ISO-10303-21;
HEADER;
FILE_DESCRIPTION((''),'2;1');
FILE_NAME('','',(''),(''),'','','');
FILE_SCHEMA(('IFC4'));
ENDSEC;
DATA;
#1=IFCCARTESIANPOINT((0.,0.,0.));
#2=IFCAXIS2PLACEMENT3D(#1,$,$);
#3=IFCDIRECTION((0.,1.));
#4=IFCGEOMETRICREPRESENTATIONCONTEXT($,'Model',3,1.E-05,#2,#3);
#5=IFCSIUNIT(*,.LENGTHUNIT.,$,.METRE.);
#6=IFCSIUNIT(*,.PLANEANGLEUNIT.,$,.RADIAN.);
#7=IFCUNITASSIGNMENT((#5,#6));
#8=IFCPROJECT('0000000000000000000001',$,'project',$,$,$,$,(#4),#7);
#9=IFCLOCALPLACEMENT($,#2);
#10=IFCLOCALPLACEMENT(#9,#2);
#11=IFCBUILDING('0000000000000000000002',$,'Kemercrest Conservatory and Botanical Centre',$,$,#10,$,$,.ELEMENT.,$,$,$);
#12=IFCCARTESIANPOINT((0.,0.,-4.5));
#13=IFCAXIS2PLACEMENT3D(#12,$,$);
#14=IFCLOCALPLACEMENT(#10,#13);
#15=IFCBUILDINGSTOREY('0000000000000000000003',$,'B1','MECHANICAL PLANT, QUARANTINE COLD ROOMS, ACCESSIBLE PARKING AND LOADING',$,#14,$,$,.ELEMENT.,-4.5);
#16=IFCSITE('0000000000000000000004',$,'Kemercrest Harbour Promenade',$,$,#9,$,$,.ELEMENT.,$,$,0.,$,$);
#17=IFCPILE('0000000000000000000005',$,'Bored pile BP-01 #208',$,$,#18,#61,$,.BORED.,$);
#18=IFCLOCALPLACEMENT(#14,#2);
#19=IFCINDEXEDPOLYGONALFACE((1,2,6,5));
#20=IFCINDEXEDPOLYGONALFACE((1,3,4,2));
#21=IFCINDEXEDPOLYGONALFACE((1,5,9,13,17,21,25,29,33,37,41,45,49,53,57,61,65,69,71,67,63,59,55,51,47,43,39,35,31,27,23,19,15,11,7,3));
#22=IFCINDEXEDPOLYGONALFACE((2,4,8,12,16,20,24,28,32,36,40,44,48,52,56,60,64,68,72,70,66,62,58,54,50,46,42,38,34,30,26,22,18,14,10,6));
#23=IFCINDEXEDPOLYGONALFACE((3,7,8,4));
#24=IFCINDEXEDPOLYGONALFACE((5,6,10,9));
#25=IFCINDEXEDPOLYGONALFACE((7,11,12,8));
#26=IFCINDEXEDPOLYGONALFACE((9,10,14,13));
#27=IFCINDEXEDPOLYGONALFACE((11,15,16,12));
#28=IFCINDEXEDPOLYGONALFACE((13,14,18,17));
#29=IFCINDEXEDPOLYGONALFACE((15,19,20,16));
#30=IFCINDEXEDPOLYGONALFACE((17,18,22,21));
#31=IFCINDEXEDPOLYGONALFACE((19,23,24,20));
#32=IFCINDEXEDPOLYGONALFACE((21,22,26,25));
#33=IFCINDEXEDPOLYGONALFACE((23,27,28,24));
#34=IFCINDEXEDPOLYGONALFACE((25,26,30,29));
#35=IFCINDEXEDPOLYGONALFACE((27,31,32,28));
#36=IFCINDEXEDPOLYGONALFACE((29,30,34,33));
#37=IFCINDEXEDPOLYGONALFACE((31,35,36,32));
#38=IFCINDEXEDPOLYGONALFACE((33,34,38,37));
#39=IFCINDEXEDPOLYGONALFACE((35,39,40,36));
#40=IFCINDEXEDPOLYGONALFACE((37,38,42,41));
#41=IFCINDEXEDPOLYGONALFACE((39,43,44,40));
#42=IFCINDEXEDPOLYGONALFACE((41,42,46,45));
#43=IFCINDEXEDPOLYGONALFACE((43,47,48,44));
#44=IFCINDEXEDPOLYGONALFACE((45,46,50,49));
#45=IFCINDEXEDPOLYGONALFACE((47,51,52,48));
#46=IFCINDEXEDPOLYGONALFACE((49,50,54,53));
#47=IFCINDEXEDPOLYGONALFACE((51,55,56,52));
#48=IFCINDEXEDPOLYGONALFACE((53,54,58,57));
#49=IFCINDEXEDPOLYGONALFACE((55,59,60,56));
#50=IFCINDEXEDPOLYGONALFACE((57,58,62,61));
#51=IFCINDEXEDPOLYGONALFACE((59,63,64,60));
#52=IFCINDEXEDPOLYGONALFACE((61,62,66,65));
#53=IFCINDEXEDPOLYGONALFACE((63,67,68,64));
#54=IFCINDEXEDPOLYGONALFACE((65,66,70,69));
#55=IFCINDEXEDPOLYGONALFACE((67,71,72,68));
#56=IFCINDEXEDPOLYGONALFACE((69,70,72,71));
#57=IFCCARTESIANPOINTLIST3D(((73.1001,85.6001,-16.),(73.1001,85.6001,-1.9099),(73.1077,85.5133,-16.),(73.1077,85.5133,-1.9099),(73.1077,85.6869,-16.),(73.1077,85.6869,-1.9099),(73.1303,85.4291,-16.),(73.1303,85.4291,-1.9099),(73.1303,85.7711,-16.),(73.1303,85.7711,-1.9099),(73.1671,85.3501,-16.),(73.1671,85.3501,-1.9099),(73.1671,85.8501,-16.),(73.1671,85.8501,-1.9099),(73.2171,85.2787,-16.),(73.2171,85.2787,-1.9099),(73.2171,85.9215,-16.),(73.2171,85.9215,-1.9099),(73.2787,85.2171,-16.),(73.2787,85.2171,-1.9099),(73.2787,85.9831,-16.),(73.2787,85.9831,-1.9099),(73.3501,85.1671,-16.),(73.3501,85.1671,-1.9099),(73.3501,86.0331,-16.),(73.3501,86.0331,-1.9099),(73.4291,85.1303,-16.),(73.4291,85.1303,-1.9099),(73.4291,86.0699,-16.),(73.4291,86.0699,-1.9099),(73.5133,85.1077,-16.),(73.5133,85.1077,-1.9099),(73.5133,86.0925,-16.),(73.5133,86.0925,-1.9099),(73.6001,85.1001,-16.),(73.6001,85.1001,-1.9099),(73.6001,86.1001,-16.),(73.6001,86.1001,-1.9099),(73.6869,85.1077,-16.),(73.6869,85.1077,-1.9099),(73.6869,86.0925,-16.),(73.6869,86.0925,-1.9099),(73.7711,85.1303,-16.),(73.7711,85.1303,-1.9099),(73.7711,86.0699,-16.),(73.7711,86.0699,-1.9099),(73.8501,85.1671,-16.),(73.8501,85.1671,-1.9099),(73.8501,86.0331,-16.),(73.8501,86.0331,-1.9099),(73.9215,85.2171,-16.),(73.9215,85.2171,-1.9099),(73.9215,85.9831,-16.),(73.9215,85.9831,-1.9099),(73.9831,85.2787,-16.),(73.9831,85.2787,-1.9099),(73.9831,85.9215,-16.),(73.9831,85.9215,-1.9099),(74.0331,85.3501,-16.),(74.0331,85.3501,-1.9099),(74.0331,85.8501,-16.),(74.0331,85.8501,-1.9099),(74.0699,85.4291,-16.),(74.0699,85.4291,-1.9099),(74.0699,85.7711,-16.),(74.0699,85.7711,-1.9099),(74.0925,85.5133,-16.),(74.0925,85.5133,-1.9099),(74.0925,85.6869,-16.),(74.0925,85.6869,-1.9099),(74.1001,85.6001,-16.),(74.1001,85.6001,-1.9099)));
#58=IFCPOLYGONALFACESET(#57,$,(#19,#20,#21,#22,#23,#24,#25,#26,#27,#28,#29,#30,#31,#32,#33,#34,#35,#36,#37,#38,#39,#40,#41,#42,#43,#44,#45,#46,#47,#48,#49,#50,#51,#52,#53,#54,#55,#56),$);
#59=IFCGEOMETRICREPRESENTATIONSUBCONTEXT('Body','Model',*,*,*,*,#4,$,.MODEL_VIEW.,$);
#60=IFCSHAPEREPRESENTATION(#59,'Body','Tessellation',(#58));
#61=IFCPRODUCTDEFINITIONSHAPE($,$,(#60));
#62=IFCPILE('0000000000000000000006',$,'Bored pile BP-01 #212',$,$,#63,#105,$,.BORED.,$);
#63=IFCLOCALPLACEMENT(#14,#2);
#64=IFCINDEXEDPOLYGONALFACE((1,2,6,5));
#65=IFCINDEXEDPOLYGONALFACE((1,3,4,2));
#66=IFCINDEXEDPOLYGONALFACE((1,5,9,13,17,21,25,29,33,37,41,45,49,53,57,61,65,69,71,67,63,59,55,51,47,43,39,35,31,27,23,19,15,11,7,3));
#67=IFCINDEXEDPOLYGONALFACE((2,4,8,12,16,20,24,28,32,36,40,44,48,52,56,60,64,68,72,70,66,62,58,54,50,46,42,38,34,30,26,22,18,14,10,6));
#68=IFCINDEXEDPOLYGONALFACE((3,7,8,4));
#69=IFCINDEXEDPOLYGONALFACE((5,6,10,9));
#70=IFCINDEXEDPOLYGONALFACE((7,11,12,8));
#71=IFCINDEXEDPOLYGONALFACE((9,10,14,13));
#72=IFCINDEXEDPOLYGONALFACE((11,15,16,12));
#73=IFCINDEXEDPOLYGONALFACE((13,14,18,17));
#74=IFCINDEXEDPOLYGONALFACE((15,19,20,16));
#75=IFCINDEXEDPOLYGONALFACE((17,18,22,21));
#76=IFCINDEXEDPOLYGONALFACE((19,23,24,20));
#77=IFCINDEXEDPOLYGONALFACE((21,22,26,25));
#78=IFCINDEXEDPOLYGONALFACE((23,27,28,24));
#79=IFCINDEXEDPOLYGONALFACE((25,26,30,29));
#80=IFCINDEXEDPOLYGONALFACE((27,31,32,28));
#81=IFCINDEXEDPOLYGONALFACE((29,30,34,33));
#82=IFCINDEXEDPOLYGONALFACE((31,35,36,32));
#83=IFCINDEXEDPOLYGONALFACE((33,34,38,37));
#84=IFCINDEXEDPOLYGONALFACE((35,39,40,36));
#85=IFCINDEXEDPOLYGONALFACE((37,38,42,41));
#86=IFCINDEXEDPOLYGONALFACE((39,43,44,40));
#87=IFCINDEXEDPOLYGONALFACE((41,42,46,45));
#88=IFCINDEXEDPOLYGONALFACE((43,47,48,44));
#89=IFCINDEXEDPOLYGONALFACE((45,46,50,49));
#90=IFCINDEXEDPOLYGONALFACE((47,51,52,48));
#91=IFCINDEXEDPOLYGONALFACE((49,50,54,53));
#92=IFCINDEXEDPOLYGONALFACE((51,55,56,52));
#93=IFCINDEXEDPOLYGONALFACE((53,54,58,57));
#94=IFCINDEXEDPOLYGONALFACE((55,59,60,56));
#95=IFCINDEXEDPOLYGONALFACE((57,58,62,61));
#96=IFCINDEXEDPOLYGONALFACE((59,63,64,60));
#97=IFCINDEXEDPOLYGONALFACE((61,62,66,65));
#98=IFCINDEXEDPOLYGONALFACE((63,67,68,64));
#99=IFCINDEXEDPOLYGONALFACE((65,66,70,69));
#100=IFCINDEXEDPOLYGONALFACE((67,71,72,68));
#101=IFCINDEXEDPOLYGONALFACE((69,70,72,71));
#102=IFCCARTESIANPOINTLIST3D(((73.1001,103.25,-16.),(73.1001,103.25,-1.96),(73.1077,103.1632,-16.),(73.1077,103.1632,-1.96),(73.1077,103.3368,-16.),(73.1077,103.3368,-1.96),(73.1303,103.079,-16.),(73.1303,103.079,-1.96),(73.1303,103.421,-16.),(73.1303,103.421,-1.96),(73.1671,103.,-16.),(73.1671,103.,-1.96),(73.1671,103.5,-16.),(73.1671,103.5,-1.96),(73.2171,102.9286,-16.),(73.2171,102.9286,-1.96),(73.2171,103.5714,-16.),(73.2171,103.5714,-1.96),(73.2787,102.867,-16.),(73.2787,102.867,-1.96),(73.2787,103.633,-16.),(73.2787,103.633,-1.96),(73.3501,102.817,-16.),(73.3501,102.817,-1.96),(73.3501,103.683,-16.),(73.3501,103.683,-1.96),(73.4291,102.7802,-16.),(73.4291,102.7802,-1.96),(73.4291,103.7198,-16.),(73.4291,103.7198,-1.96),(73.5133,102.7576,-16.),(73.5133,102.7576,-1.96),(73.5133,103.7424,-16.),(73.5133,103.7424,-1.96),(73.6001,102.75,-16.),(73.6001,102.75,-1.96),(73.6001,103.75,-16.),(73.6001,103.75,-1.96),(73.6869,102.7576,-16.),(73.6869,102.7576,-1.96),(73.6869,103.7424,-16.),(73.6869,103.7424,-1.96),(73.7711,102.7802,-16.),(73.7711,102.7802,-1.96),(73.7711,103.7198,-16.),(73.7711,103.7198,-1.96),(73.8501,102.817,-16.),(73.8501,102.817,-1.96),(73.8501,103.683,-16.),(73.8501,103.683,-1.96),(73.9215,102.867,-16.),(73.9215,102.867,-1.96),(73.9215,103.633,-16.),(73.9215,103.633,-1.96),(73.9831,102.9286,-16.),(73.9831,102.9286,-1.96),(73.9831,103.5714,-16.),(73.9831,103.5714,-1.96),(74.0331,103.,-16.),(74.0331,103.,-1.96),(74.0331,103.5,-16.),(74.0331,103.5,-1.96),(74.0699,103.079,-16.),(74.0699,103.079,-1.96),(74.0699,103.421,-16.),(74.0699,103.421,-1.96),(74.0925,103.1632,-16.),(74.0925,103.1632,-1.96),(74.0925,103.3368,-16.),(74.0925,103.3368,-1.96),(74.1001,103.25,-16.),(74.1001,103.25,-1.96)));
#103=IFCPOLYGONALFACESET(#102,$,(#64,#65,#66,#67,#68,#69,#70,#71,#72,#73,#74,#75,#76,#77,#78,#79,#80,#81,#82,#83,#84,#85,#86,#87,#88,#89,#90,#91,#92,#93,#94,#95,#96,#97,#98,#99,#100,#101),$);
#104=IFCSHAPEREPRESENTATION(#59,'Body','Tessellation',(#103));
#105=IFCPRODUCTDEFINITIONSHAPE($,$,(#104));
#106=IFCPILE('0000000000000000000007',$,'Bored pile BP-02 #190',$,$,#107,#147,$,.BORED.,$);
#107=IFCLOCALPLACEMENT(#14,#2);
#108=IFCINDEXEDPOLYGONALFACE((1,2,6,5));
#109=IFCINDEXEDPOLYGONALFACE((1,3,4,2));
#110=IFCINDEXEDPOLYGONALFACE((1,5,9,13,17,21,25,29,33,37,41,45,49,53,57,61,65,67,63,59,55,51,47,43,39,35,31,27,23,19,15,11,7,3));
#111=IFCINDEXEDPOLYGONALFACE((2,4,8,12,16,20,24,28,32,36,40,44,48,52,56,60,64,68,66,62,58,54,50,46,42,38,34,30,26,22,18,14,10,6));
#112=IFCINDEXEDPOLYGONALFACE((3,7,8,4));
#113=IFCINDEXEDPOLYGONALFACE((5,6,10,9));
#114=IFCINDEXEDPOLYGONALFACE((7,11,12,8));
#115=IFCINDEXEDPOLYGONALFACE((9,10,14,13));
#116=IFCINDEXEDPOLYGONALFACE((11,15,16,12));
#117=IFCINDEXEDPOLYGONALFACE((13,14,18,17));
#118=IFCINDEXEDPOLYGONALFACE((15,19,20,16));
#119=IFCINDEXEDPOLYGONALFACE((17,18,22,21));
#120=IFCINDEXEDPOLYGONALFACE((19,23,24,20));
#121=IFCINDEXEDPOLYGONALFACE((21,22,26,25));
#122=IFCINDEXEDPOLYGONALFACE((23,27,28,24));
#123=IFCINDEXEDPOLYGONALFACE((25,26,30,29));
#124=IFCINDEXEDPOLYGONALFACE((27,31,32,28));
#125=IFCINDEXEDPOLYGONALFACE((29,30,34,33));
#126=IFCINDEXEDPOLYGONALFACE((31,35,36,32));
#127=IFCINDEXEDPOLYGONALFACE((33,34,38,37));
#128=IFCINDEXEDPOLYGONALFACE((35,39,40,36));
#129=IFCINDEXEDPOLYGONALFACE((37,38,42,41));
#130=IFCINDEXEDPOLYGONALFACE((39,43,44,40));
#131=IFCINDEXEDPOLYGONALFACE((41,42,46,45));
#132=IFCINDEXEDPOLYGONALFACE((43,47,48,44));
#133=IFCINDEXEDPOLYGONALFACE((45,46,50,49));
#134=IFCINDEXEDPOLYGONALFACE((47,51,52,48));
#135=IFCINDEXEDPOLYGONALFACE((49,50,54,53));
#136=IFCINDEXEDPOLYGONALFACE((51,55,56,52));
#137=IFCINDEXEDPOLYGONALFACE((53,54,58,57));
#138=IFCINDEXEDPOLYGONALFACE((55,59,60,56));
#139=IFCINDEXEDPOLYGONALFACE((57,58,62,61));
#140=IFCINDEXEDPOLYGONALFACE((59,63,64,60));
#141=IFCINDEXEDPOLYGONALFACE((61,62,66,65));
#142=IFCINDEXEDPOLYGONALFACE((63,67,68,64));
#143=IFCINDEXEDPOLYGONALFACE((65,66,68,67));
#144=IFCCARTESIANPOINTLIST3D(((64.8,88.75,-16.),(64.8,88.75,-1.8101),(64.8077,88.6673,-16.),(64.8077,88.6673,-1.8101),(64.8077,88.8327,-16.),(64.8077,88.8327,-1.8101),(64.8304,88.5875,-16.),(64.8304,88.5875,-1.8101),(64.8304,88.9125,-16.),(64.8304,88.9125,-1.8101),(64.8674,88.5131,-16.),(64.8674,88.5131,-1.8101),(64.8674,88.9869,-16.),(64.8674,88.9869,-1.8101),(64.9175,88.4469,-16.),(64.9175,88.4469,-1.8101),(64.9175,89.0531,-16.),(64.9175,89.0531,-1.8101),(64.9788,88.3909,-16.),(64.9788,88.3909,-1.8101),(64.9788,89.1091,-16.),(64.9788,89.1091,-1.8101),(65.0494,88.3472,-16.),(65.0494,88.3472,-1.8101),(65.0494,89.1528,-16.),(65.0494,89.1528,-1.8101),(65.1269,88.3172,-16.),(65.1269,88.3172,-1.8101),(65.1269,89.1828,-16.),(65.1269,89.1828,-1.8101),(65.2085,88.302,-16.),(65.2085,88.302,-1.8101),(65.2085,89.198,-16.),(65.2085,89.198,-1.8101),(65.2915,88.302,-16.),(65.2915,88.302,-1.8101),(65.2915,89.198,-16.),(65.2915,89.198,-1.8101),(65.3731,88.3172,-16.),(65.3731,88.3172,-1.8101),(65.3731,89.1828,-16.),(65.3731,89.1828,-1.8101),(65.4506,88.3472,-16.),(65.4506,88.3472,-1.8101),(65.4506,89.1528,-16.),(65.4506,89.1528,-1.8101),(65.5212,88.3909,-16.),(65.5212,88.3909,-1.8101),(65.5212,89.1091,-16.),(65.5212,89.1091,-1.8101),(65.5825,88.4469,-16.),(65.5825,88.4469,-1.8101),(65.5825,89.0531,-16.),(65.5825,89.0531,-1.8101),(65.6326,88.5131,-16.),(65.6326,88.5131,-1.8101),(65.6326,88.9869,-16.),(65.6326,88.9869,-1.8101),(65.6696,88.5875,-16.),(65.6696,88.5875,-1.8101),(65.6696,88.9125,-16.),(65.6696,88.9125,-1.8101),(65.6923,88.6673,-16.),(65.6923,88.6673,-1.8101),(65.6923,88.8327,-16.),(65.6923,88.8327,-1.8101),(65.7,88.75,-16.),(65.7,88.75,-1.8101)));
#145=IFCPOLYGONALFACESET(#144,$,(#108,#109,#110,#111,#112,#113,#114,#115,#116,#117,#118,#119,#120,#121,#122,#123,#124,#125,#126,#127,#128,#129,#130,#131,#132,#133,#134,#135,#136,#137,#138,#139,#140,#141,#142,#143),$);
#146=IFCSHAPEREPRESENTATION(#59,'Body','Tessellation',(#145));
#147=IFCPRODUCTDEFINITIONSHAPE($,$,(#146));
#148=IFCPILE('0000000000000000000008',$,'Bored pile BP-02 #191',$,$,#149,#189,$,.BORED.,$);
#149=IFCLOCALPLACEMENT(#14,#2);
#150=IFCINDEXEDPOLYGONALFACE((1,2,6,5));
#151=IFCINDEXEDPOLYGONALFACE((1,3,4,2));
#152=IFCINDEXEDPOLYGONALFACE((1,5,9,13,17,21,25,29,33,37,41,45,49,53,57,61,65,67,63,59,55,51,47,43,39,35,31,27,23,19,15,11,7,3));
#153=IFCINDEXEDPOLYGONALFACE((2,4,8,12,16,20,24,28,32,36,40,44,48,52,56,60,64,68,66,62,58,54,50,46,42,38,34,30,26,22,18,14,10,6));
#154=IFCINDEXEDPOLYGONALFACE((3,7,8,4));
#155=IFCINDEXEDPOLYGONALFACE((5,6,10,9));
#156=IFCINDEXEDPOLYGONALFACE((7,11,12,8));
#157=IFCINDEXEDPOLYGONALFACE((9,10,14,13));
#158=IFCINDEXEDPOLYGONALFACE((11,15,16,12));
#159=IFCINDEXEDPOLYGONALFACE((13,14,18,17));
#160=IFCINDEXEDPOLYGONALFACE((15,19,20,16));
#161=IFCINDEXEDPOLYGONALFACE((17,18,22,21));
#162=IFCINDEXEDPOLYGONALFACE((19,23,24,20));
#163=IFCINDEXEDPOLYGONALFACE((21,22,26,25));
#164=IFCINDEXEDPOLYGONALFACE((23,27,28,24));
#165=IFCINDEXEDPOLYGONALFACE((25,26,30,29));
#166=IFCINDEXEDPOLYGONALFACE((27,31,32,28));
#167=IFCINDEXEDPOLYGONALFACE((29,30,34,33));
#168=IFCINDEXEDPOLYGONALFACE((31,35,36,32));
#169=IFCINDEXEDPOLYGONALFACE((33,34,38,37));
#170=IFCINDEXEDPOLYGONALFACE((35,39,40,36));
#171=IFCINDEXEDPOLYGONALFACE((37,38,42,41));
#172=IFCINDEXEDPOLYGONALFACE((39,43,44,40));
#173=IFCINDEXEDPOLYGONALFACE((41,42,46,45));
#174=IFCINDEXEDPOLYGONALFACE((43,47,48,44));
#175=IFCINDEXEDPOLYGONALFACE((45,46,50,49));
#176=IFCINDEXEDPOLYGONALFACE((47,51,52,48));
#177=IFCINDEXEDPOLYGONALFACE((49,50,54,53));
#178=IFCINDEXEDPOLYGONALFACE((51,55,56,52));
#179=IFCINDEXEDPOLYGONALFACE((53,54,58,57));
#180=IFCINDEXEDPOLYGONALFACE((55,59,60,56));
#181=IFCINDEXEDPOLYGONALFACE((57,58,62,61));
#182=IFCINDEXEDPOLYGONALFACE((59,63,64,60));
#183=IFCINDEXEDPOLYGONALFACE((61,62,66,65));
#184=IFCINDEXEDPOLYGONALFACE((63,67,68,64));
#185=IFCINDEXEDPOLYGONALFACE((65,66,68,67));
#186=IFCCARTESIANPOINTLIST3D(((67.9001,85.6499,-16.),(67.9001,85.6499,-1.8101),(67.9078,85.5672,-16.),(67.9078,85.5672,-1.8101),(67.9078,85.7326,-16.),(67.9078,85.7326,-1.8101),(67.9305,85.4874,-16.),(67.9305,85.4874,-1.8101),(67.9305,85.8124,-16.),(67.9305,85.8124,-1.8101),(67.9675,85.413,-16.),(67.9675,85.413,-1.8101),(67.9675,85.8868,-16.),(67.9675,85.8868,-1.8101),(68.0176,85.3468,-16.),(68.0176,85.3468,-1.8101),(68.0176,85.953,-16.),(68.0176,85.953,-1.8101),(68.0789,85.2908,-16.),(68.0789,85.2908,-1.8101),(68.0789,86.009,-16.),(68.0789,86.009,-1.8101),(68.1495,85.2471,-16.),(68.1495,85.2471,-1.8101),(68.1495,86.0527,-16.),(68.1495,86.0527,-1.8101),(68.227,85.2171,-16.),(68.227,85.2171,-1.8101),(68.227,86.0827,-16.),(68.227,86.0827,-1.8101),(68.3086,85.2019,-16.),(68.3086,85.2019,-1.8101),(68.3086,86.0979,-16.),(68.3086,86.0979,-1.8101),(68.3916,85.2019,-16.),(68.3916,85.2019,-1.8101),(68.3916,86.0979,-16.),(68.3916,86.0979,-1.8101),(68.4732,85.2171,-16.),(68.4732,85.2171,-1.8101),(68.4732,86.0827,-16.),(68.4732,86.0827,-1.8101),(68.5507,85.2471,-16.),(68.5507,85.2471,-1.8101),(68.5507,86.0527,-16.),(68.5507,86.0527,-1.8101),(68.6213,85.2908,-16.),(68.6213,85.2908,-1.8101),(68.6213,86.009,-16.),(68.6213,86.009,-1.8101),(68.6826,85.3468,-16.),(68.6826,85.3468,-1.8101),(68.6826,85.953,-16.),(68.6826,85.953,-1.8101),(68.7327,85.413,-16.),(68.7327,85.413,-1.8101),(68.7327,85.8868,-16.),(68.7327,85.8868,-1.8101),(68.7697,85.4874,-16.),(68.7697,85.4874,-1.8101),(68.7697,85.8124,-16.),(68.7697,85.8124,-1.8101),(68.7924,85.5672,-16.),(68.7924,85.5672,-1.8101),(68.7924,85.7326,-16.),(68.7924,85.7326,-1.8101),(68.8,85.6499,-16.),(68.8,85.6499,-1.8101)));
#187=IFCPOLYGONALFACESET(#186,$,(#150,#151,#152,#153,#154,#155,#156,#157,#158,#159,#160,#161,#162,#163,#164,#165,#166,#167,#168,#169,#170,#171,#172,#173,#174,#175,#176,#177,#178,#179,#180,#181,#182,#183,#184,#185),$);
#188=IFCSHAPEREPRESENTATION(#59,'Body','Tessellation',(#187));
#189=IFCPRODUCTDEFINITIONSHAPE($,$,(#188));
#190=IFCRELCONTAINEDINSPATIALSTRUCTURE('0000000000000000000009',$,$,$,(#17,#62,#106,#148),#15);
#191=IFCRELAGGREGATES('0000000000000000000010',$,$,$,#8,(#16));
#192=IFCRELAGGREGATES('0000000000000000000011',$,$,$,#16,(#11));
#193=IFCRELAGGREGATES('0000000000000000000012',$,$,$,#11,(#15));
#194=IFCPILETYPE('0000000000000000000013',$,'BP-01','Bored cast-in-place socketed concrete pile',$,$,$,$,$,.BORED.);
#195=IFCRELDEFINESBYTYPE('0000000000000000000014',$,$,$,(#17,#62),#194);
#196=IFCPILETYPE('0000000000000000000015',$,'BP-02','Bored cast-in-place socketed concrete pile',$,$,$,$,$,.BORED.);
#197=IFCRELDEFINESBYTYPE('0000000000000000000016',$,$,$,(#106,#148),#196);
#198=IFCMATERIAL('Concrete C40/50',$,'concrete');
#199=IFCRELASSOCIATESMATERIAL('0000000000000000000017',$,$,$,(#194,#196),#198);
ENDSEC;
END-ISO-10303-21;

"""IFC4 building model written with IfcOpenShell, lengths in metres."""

from ifc_helpers import new_model, si_unit, direction, frame, origin, origin_2d, place, context, subcontext, project, spatial, circle, extrude, material, material_profile, profile_set, type_object, element, save


model = new_model("IFC4")

# Units and contexts
model_context = context("Model", 3, precision=1e-05, world=origin(), true_north=direction((0.0, 1.0)))
body_context = subcontext(model_context, "Body", "Model", "MODEL_VIEW")
ifc_project = project(units=[si_unit("LENGTHUNIT", "METRE"), si_unit("PLANEANGLEUNIT", "RADIAN")], contexts=[model_context])

# Site, building, storey
site_placement = place(None, origin())
site = spatial("IfcSite", under=ifc_project, at=site_placement, Name="Kemercrest Harbour Promenade", CompositionType="ELEMENT", RefElevation=0.0)
building_placement = place(site_placement, origin())
building = spatial("IfcBuilding", under=site, at=building_placement, Name="Kemercrest Conservatory and Botanical Centre", CompositionType="ELEMENT")
storey_placement = place(building_placement, frame((0.0, 0.0, -4.5)))
storey = spatial("IfcBuildingStorey", under=building, at=storey_placement, Name="B1", Description="MECHANICAL PLANT, QUARANTINE COLD ROOMS, ACCESSIBLE PARKING AND LOADING", CompositionType="ELEMENT", Elevation=-4.5)

# Piles
ifc_material_1 = material(Name="Concrete C40/50", Category="concrete")
ifc_material_profile_1 = material_profile(ifc_material_1, circle(Radius=0.5, at=origin_2d()), Name="BORED PILE 1000")
ifc_profile_set_1 = profile_set([ifc_material_profile_1], Name="Concrete C40/50")
pile_type_1 = type_object("IfcPileType", Name="BP-01", Description="Bored cast-in-place socketed concrete pile", PredefinedType="BORED", material=ifc_profile_set_1)
pile_1_placement = place(storey_placement, frame((73.6001, 85.6001, -1.9099), z_axis=(0.0, 0.0, -1.0), x_axis=(1.0, 0.0, 0.0)))
element("IfcPile", 1, at=pile_1_placement, inside=storey, type_object=pile_type_1, Name="Bored pile BP-01 #208", PredefinedType="BORED", context=body_context, shape_type="SweptSolid", body=[
    extrude(circle(Radius=0.5, at=origin_2d()), origin(), (0.0, 0.0, 1.0), 14.0901),
])
pile_2_placement = place(storey_placement, frame((73.6001, 103.25, -1.96), z_axis=(0.0, 0.0, -1.0), x_axis=(1.0, 0.0, 0.0)))
element("IfcPile", 2, at=pile_2_placement, inside=storey, type_object=pile_type_1, Name="Bored pile BP-01 #212", PredefinedType="BORED", context=body_context, shape_type="SweptSolid", body=[
    extrude(circle(Radius=0.5, at=origin_2d()), origin(), (0.0, 0.0, 1.0), 14.04),
])
ifc_material_profile_2 = material_profile(ifc_material_1, circle(Radius=0.45, at=origin_2d()), Name="BORED PILE 900")
ifc_profile_set_2 = profile_set([ifc_material_profile_2], Name="Concrete C40/50")
pile_type_2 = type_object("IfcPileType", Name="BP-02", Description="Bored cast-in-place socketed concrete pile", PredefinedType="BORED", material=ifc_profile_set_2)
for number, where, z_axis, x_axis, name in (
    (3, (65.25, 88.75, -1.8101), (0.0, 0.0, -1.0), (1.0, 0.0, 0.0), "Bored pile BP-02 #190"),
    (4, (68.3501, 85.6499, -1.8101), (0.0, 0.0, -1.0), (1.0, 0.0, 0.0), "Bored pile BP-02 #191"),
):
    element("IfcPile", number, at=place(storey_placement, frame(where, z_axis=z_axis, x_axis=x_axis)), inside=storey, type_object=pile_type_2, Name=name, PredefinedType="BORED", context=body_context, shape_type="SweptSolid", body=[
        extrude(circle(Radius=0.45, at=origin_2d()), origin(), (0.0, 0.0, 1.0), 14.1899),
    ])

save(model, "model.ifc")
